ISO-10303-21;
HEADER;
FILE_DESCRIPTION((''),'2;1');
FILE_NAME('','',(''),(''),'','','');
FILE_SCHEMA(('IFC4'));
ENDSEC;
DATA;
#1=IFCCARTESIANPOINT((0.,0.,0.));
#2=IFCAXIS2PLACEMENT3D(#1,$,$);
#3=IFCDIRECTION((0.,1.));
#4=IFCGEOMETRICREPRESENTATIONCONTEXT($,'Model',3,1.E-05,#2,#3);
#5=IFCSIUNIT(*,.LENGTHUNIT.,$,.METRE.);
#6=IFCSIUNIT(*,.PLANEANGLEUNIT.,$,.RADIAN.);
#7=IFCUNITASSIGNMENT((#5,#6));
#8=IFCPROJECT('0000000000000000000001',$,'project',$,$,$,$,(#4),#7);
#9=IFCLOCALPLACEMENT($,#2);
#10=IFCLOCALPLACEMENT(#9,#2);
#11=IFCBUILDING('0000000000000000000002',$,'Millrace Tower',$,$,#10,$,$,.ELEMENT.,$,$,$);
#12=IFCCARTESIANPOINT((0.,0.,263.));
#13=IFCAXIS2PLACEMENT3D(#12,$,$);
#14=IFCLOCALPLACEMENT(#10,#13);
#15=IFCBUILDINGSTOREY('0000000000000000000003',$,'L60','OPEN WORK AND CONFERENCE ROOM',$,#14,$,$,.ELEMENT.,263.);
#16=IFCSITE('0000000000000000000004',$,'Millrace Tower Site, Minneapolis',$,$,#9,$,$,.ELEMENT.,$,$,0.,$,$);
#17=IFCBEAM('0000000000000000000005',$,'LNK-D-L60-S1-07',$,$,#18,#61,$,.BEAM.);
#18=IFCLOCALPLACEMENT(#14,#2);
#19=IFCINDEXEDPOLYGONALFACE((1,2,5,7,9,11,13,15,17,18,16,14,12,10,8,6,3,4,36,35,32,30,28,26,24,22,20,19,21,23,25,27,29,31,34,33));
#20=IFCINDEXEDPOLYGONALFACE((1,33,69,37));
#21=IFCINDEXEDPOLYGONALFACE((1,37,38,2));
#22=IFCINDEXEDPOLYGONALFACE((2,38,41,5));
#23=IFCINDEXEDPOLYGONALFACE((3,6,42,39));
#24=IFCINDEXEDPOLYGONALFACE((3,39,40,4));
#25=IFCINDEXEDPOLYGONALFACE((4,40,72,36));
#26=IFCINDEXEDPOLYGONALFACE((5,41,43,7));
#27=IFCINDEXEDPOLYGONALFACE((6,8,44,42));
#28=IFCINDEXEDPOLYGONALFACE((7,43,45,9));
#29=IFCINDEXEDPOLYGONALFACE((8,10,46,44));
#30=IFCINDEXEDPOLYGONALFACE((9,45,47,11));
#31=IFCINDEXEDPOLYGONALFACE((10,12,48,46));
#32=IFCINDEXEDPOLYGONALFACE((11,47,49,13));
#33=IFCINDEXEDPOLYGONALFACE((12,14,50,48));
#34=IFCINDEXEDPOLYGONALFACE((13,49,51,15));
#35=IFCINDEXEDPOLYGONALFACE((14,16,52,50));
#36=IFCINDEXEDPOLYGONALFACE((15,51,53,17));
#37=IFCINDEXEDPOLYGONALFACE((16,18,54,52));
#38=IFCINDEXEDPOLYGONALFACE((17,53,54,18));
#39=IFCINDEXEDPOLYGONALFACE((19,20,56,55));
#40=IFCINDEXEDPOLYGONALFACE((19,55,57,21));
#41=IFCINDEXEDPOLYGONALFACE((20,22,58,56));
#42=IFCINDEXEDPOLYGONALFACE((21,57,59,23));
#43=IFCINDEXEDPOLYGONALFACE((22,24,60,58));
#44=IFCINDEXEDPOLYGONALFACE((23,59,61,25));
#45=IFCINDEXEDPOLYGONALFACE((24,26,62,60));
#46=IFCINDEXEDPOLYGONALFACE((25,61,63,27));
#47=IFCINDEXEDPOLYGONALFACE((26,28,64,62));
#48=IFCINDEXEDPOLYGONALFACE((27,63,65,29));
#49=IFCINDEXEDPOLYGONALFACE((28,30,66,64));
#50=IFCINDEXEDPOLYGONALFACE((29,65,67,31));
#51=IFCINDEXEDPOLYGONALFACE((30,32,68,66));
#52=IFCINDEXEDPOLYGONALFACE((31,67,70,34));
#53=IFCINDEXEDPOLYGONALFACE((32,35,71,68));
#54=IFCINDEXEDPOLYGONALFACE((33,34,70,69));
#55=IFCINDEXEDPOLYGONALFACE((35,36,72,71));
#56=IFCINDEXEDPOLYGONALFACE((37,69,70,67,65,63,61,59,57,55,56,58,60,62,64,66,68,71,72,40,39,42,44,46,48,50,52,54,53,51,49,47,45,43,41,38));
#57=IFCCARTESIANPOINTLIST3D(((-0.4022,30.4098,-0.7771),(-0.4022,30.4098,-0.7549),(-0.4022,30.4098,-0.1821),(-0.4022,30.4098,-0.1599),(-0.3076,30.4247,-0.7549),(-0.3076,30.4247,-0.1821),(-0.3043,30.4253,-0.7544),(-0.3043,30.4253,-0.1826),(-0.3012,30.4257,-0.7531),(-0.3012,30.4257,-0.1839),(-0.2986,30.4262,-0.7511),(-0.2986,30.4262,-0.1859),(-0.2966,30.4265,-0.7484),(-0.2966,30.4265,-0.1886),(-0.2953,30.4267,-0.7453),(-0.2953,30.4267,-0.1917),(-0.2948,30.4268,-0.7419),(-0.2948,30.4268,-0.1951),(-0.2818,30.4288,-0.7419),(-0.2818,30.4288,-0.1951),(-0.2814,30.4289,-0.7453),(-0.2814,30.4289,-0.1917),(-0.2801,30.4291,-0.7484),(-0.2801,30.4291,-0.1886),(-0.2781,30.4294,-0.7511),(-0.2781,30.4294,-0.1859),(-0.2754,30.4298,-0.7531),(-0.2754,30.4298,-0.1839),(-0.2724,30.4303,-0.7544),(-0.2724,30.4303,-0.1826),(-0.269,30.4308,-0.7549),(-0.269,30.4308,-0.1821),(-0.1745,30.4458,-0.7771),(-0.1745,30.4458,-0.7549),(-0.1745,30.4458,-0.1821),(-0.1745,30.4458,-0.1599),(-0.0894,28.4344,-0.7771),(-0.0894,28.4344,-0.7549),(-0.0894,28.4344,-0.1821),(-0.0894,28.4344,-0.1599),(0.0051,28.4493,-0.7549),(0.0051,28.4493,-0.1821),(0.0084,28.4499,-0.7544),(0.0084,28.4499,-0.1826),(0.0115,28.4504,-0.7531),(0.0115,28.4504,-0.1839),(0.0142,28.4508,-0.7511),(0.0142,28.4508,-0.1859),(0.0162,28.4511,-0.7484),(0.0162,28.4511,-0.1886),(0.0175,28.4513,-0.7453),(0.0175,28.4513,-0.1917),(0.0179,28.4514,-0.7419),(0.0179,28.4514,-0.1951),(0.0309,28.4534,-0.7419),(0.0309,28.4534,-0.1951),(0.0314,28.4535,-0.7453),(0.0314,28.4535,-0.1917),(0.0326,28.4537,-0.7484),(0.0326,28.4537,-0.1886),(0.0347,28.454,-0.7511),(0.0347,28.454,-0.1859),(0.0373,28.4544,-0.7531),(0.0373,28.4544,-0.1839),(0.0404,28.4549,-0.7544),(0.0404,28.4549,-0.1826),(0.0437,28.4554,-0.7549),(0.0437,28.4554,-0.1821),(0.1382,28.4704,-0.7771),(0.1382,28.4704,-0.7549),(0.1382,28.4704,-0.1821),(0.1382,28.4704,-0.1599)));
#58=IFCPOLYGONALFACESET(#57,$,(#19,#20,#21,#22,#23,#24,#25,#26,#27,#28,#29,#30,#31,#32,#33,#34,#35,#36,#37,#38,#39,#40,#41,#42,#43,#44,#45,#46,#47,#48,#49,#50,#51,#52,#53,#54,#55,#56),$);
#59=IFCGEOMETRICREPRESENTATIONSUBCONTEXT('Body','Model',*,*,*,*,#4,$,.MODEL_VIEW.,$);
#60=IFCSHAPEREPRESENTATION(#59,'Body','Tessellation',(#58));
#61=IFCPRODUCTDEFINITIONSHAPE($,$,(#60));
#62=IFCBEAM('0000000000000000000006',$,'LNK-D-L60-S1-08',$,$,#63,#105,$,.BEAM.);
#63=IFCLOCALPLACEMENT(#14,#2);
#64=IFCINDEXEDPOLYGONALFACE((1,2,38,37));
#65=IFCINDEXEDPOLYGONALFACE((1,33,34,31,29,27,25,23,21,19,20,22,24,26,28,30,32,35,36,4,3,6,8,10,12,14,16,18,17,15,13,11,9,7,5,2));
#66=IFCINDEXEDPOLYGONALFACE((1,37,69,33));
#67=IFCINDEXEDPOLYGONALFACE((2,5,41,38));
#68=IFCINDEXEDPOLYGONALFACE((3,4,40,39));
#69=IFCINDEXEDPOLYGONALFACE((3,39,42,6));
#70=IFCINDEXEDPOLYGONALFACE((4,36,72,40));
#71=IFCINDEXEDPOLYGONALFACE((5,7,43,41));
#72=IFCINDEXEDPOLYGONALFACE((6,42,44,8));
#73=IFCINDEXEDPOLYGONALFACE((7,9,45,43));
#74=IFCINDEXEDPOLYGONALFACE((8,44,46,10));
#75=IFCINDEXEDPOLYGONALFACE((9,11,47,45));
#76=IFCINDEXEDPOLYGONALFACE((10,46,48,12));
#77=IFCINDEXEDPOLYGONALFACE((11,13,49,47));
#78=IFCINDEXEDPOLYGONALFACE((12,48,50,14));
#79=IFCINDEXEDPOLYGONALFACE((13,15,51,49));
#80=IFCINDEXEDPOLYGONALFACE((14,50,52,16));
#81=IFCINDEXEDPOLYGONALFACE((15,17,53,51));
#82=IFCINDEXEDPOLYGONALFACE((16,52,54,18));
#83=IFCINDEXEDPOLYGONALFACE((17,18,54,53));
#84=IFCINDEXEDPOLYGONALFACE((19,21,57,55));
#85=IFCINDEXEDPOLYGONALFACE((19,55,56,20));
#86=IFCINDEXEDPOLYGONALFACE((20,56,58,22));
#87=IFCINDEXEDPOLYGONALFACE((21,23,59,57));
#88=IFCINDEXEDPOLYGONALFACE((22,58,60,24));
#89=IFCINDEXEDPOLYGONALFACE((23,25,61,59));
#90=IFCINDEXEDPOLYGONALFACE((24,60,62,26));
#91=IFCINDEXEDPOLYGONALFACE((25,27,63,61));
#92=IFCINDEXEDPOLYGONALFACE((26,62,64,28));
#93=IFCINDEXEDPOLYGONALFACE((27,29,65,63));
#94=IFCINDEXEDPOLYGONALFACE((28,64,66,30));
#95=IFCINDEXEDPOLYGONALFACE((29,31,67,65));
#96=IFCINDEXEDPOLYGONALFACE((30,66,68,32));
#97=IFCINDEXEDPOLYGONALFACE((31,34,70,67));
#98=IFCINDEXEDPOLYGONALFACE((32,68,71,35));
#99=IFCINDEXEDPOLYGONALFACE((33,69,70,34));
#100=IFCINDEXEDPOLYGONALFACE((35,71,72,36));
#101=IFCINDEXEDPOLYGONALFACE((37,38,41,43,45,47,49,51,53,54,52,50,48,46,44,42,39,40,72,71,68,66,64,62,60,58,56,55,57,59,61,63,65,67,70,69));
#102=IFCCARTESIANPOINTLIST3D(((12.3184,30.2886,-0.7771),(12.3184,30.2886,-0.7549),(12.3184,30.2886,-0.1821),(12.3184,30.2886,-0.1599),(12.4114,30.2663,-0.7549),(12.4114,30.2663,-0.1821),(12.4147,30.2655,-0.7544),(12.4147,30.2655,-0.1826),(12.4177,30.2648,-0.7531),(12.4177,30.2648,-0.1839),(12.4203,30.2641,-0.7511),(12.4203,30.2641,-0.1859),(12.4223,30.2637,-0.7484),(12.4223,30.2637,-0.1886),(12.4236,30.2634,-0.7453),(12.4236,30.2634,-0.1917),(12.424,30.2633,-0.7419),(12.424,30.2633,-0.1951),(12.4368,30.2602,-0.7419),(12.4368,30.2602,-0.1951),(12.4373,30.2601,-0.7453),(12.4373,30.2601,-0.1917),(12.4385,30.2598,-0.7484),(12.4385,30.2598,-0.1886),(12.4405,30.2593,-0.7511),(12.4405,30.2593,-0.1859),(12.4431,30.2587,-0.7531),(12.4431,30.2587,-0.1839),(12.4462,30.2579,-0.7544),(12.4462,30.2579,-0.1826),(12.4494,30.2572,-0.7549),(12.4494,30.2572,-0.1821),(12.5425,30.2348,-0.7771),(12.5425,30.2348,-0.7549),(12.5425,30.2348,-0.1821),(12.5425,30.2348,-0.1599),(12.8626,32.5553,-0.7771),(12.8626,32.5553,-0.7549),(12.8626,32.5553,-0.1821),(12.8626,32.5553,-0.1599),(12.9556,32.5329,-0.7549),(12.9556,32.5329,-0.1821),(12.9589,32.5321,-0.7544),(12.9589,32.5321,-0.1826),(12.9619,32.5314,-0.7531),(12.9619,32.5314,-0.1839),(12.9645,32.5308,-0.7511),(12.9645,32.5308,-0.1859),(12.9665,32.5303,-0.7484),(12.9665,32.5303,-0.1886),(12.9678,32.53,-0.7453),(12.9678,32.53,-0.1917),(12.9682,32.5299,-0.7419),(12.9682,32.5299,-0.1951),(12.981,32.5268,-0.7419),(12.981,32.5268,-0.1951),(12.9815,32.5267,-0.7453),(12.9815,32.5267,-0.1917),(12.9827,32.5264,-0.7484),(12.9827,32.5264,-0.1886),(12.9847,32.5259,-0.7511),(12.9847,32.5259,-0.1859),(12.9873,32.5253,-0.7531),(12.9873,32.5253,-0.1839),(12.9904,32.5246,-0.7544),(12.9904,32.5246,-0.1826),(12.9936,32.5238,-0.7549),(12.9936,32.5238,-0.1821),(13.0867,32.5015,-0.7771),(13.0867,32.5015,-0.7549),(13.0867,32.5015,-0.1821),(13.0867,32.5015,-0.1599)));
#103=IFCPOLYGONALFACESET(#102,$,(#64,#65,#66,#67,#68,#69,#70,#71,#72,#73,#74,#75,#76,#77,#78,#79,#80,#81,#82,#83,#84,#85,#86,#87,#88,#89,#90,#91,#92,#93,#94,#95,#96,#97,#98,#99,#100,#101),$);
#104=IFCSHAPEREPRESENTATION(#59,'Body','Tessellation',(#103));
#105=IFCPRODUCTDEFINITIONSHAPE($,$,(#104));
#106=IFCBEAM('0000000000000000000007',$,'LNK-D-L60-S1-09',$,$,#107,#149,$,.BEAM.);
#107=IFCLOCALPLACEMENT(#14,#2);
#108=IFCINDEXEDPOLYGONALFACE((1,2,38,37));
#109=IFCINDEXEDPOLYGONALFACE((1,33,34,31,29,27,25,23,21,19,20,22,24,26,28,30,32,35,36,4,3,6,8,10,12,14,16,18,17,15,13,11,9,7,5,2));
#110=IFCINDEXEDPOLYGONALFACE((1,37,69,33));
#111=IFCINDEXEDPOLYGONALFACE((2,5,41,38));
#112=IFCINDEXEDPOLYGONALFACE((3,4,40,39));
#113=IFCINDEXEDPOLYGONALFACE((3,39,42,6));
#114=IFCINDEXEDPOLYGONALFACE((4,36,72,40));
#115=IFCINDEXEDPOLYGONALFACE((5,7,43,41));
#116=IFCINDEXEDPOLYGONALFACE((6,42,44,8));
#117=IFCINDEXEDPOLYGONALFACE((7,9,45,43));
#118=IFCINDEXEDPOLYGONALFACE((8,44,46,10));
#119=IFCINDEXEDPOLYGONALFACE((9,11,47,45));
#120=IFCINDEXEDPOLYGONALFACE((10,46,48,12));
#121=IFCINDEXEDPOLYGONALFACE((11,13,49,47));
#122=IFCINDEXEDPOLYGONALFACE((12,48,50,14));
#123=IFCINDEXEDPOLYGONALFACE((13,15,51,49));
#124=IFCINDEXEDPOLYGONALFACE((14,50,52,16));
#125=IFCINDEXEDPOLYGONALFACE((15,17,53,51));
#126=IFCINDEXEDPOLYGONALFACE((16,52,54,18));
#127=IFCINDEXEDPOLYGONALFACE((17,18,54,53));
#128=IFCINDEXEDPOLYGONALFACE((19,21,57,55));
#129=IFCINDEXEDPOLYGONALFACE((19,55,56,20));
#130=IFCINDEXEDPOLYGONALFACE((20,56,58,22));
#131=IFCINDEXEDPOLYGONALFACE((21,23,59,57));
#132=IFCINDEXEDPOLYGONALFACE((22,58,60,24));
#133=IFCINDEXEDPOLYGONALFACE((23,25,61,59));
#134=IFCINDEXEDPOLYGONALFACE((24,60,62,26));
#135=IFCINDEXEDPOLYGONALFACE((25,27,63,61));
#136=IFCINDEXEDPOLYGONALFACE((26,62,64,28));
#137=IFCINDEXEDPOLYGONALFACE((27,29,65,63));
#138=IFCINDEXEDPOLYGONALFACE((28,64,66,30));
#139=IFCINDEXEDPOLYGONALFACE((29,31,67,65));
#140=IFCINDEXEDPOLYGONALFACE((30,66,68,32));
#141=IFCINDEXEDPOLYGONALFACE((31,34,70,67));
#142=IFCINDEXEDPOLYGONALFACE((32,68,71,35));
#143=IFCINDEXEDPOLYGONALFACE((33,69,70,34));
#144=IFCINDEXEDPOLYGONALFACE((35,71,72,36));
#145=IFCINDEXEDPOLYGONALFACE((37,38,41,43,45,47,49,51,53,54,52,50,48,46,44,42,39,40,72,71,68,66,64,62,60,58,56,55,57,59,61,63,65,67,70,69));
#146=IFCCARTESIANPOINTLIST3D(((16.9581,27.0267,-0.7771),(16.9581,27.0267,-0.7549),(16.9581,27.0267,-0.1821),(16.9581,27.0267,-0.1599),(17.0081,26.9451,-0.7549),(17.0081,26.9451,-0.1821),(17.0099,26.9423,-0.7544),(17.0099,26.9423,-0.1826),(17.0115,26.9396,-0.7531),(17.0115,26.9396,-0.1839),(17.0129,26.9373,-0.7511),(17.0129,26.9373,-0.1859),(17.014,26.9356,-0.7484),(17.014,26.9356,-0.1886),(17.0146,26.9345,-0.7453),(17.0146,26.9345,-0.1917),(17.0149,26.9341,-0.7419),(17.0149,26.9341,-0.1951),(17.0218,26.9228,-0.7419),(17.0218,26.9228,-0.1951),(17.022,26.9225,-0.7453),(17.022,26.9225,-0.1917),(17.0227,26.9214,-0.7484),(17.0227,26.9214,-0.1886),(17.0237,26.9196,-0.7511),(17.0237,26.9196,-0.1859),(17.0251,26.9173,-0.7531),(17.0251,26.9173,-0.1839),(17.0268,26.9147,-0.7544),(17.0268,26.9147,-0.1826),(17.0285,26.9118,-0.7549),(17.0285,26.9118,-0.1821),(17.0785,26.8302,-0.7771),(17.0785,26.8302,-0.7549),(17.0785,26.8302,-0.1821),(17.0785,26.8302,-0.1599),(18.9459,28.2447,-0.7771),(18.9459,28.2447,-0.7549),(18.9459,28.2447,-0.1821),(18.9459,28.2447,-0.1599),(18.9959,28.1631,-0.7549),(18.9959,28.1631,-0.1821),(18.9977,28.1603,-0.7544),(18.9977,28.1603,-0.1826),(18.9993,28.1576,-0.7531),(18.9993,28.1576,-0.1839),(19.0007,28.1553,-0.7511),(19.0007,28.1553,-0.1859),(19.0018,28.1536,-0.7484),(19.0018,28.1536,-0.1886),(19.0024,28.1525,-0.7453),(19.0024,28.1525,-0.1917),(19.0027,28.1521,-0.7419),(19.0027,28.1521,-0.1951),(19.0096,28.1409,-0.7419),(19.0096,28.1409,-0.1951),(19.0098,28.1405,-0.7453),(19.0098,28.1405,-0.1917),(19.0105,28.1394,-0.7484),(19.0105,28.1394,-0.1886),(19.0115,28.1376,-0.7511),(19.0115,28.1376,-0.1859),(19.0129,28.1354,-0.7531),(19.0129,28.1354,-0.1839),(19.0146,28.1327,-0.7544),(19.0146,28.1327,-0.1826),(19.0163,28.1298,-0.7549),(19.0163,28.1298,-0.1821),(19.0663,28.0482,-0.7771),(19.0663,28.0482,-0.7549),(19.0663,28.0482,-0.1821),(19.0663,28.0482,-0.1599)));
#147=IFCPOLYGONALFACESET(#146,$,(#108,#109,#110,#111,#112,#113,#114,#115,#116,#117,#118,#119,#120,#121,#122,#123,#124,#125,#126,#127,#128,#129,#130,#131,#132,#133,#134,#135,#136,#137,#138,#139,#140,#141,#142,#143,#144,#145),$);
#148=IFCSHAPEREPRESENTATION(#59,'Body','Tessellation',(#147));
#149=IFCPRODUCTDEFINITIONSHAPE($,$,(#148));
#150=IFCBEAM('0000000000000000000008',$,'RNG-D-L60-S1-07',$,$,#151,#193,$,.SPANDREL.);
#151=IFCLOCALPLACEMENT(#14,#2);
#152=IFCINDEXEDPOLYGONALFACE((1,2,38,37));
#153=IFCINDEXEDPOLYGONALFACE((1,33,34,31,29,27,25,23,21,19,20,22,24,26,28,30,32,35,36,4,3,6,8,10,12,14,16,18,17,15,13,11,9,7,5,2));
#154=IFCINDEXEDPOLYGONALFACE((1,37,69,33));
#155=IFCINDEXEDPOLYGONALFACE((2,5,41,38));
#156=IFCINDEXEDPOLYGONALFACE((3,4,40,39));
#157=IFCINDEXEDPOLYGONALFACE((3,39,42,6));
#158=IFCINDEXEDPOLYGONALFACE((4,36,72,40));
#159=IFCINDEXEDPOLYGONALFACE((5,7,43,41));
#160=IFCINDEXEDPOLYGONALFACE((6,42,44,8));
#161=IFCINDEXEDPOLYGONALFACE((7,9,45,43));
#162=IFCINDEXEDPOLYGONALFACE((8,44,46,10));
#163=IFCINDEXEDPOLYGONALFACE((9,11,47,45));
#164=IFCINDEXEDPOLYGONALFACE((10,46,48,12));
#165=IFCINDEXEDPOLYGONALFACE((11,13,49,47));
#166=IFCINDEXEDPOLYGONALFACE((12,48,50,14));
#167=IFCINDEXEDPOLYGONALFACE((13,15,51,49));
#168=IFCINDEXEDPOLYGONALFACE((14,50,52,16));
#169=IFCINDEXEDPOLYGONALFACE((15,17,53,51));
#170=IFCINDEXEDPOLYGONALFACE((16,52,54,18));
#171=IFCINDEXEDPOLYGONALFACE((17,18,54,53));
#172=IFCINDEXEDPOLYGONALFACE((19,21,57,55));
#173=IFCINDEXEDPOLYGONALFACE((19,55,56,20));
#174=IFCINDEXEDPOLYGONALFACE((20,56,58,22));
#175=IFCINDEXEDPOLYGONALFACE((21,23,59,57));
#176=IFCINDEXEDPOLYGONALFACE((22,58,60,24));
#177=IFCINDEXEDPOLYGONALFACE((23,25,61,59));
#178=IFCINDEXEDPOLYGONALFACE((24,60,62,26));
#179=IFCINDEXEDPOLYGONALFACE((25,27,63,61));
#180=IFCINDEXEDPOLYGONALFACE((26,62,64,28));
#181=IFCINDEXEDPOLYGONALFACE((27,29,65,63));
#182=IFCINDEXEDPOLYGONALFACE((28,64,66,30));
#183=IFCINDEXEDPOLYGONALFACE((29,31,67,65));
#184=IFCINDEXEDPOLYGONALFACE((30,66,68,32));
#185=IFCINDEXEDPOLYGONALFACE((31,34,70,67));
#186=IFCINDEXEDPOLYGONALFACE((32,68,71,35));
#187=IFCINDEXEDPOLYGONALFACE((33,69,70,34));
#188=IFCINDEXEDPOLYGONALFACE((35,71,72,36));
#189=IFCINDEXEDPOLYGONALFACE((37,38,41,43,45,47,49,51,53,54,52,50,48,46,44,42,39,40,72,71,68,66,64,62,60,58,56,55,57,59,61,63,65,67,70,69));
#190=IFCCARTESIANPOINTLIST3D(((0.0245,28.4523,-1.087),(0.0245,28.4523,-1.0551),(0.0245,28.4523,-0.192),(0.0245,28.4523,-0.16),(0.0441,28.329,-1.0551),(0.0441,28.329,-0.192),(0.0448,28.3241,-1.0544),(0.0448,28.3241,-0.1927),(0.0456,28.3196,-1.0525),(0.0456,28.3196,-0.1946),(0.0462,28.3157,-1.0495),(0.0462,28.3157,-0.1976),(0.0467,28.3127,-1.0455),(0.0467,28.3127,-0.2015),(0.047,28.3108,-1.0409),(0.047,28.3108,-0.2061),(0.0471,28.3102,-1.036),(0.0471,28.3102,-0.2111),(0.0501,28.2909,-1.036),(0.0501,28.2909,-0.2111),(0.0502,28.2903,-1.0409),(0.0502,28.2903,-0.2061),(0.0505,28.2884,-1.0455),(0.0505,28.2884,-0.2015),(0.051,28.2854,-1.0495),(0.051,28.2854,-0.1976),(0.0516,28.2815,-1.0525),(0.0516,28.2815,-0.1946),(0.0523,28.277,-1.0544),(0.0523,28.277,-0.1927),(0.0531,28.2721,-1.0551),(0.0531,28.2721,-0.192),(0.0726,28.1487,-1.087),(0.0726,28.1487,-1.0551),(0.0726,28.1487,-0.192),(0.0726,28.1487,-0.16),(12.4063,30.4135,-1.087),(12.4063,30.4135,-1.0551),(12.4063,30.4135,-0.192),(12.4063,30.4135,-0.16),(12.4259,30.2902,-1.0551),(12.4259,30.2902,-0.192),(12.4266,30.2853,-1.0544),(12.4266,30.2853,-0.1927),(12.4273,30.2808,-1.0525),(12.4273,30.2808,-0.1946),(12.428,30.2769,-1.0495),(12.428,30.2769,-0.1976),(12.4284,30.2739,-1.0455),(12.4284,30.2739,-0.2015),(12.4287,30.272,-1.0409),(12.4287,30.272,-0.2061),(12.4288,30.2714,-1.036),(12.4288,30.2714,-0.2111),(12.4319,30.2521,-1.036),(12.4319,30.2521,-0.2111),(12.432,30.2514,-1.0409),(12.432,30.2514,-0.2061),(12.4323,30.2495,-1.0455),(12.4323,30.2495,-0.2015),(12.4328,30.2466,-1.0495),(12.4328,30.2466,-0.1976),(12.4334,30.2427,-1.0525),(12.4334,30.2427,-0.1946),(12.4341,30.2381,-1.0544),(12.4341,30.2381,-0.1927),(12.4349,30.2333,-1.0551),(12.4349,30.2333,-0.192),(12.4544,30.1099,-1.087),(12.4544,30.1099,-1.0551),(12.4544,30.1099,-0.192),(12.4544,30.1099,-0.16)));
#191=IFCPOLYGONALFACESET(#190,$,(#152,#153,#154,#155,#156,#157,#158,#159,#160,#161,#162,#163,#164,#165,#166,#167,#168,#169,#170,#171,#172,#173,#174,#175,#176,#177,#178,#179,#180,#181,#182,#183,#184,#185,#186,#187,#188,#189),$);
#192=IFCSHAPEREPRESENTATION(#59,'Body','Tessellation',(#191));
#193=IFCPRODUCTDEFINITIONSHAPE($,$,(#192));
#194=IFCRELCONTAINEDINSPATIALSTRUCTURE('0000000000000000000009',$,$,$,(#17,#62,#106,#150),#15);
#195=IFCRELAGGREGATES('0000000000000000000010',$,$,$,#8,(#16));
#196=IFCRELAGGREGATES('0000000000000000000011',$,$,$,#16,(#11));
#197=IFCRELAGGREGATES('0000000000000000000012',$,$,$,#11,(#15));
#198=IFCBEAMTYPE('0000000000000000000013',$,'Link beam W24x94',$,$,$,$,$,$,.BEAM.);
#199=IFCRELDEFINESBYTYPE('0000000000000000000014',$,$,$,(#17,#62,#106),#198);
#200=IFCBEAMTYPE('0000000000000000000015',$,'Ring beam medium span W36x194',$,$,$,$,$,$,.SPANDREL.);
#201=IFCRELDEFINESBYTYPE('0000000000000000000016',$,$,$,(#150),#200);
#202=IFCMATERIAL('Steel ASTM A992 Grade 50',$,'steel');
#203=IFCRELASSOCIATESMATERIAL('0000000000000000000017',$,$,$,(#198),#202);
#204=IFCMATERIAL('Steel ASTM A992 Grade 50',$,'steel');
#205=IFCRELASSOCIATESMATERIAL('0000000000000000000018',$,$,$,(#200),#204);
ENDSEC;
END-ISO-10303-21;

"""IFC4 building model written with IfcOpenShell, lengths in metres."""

from ifc_helpers import new_model, si_unit, direction, frame, origin, origin_2d, place, context, subcontext, project, spatial, i_section, extrude, material, material_profile, profile_set, type_object, element, save


model = new_model("IFC4")

# Units and contexts
model_context = context("Model", 3, precision=1e-05, world=origin(), true_north=direction((0.0, 1.0)))
body_context = subcontext(model_context, "Body", "Model", "MODEL_VIEW")
ifc_project = project(units=[si_unit("LENGTHUNIT", "METRE"), si_unit("PLANEANGLEUNIT", "RADIAN")], contexts=[model_context])

# Site, building, storey
site_placement = place(None, origin())
site = spatial("IfcSite", under=ifc_project, at=site_placement, Name="Millrace Tower Site, Minneapolis", CompositionType="ELEMENT", RefElevation=0.0)
building_placement = place(site_placement, origin())
building = spatial("IfcBuilding", under=site, at=building_placement, Name="Millrace Tower", CompositionType="ELEMENT")
storey_placement = place(building_placement, frame((0.0, 0.0, 263.0)))
storey = spatial("IfcBuildingStorey", under=building, at=storey_placement, Name="L60", Description="OPEN WORK AND CONFERENCE ROOM", CompositionType="ELEMENT", Elevation=263.0)

# Beams
ifc_material_1 = material(Name="Steel ASTM A992 Grade 50", Category="steel")
ifc_material_profile_1 = material_profile(ifc_material_1, i_section(OverallWidth=0.2305, OverallDepth=0.6172, WebThickness=0.0132, FlangeThickness=0.0222, FilletRadius=0.0129, at=origin_2d()))
ifc_profile_set_1 = profile_set([ifc_material_profile_1], Name="Steel ASTM A992 Grade 50")
beam_type_1 = type_object("IfcBeamType", Name="Link beam W24x94", PredefinedType="BEAM", material=ifc_profile_set_1)
beam_1_placement = place(storey_placement, frame((0.0244, 28.4524, -0.4685), z_axis=(-0.156376, 0.987698, 0.0), x_axis=(-0.987698, -0.156376, 0.0)))
element("IfcBeam", 1, at=beam_1_placement, inside=storey, type_object=beam_type_1, Name="LNK-D-L60-S1-07", PredefinedType="BEAM", context=body_context, shape_type="SweptSolid", body=[
    extrude(i_section(OverallWidth=0.2305, OverallDepth=0.6172, WebThickness=0.0132, FlangeThickness=0.0222, FilletRadius=0.0129, at=origin_2d()), origin(), (0.0, 0.0, 1.0), 2.0),
])
beam_2_placement = place(storey_placement, frame((12.4304, 30.2617, -0.4685), z_axis=(0.233456, 0.972367, 0.0), x_axis=(-0.972367, 0.233456, 0.0)))
element("IfcBeam", 2, at=beam_2_placement, inside=storey, type_object=beam_type_1, Name="LNK-D-L60-S1-08", PredefinedType="BEAM", context=body_context, shape_type="SweptSolid", body=[
    extrude(i_section(OverallWidth=0.2305, OverallDepth=0.6172, WebThickness=0.0132, FlangeThickness=0.0222, FilletRadius=0.0129, at=origin_2d()), origin(), (0.0, 0.0, 1.0), 2.3311),
])
beam_3_placement = place(storey_placement, frame((17.0183, 26.9285, -0.4685), z_axis=(0.85266, 0.522466, 0.0), x_axis=(-0.522466, 0.85266, 0.0)))
element("IfcBeam", 3, at=beam_3_placement, inside=storey, type_object=beam_type_1, Name="LNK-D-L60-S1-09", PredefinedType="BEAM", context=body_context, shape_type="SweptSolid", body=[
    extrude(i_section(OverallWidth=0.2305, OverallDepth=0.6172, WebThickness=0.0132, FlangeThickness=0.0222, FilletRadius=0.0129, at=origin_2d()), origin(), (0.0, 0.0, 1.0), 2.3313),
])
ifc_material_2 = material(Name="Steel ASTM A992 Grade 50", Category="steel")
ifc_material_profile_2 = material_profile(ifc_material_2, i_section(OverallWidth=0.3074, OverallDepth=0.927, WebThickness=0.0195, FlangeThickness=0.032, FilletRadius=0.019, at=origin_2d()))
ifc_profile_set_2 = profile_set([ifc_material_profile_2], Name="Steel ASTM A992 Grade 50")
beam_type_2 = type_object("IfcBeamType", Name="Ring beam medium span W36x194", PredefinedType="SPANDREL", material=ifc_profile_set_2)
beam_4_placement = place(storey_placement, frame((0.0486, 28.3005, -0.6235), z_axis=(0.987687, 0.156442, 0.0), x_axis=(-0.156442, 0.987687, 0.0)))
element("IfcBeam", 4, at=beam_4_placement, inside=storey, type_object=beam_type_2, Name="RNG-D-L60-S1-07", PredefinedType="SPANDREL", context=body_context, shape_type="SweptSolid", body=[
    extrude(i_section(OverallWidth=0.3074, OverallDepth=0.927, WebThickness=0.0195, FlangeThickness=0.032, FilletRadius=0.019, at=origin_2d()), origin(), (0.0, 0.0, 1.0), 12.5361),
])

save(model, "model.ifc")
